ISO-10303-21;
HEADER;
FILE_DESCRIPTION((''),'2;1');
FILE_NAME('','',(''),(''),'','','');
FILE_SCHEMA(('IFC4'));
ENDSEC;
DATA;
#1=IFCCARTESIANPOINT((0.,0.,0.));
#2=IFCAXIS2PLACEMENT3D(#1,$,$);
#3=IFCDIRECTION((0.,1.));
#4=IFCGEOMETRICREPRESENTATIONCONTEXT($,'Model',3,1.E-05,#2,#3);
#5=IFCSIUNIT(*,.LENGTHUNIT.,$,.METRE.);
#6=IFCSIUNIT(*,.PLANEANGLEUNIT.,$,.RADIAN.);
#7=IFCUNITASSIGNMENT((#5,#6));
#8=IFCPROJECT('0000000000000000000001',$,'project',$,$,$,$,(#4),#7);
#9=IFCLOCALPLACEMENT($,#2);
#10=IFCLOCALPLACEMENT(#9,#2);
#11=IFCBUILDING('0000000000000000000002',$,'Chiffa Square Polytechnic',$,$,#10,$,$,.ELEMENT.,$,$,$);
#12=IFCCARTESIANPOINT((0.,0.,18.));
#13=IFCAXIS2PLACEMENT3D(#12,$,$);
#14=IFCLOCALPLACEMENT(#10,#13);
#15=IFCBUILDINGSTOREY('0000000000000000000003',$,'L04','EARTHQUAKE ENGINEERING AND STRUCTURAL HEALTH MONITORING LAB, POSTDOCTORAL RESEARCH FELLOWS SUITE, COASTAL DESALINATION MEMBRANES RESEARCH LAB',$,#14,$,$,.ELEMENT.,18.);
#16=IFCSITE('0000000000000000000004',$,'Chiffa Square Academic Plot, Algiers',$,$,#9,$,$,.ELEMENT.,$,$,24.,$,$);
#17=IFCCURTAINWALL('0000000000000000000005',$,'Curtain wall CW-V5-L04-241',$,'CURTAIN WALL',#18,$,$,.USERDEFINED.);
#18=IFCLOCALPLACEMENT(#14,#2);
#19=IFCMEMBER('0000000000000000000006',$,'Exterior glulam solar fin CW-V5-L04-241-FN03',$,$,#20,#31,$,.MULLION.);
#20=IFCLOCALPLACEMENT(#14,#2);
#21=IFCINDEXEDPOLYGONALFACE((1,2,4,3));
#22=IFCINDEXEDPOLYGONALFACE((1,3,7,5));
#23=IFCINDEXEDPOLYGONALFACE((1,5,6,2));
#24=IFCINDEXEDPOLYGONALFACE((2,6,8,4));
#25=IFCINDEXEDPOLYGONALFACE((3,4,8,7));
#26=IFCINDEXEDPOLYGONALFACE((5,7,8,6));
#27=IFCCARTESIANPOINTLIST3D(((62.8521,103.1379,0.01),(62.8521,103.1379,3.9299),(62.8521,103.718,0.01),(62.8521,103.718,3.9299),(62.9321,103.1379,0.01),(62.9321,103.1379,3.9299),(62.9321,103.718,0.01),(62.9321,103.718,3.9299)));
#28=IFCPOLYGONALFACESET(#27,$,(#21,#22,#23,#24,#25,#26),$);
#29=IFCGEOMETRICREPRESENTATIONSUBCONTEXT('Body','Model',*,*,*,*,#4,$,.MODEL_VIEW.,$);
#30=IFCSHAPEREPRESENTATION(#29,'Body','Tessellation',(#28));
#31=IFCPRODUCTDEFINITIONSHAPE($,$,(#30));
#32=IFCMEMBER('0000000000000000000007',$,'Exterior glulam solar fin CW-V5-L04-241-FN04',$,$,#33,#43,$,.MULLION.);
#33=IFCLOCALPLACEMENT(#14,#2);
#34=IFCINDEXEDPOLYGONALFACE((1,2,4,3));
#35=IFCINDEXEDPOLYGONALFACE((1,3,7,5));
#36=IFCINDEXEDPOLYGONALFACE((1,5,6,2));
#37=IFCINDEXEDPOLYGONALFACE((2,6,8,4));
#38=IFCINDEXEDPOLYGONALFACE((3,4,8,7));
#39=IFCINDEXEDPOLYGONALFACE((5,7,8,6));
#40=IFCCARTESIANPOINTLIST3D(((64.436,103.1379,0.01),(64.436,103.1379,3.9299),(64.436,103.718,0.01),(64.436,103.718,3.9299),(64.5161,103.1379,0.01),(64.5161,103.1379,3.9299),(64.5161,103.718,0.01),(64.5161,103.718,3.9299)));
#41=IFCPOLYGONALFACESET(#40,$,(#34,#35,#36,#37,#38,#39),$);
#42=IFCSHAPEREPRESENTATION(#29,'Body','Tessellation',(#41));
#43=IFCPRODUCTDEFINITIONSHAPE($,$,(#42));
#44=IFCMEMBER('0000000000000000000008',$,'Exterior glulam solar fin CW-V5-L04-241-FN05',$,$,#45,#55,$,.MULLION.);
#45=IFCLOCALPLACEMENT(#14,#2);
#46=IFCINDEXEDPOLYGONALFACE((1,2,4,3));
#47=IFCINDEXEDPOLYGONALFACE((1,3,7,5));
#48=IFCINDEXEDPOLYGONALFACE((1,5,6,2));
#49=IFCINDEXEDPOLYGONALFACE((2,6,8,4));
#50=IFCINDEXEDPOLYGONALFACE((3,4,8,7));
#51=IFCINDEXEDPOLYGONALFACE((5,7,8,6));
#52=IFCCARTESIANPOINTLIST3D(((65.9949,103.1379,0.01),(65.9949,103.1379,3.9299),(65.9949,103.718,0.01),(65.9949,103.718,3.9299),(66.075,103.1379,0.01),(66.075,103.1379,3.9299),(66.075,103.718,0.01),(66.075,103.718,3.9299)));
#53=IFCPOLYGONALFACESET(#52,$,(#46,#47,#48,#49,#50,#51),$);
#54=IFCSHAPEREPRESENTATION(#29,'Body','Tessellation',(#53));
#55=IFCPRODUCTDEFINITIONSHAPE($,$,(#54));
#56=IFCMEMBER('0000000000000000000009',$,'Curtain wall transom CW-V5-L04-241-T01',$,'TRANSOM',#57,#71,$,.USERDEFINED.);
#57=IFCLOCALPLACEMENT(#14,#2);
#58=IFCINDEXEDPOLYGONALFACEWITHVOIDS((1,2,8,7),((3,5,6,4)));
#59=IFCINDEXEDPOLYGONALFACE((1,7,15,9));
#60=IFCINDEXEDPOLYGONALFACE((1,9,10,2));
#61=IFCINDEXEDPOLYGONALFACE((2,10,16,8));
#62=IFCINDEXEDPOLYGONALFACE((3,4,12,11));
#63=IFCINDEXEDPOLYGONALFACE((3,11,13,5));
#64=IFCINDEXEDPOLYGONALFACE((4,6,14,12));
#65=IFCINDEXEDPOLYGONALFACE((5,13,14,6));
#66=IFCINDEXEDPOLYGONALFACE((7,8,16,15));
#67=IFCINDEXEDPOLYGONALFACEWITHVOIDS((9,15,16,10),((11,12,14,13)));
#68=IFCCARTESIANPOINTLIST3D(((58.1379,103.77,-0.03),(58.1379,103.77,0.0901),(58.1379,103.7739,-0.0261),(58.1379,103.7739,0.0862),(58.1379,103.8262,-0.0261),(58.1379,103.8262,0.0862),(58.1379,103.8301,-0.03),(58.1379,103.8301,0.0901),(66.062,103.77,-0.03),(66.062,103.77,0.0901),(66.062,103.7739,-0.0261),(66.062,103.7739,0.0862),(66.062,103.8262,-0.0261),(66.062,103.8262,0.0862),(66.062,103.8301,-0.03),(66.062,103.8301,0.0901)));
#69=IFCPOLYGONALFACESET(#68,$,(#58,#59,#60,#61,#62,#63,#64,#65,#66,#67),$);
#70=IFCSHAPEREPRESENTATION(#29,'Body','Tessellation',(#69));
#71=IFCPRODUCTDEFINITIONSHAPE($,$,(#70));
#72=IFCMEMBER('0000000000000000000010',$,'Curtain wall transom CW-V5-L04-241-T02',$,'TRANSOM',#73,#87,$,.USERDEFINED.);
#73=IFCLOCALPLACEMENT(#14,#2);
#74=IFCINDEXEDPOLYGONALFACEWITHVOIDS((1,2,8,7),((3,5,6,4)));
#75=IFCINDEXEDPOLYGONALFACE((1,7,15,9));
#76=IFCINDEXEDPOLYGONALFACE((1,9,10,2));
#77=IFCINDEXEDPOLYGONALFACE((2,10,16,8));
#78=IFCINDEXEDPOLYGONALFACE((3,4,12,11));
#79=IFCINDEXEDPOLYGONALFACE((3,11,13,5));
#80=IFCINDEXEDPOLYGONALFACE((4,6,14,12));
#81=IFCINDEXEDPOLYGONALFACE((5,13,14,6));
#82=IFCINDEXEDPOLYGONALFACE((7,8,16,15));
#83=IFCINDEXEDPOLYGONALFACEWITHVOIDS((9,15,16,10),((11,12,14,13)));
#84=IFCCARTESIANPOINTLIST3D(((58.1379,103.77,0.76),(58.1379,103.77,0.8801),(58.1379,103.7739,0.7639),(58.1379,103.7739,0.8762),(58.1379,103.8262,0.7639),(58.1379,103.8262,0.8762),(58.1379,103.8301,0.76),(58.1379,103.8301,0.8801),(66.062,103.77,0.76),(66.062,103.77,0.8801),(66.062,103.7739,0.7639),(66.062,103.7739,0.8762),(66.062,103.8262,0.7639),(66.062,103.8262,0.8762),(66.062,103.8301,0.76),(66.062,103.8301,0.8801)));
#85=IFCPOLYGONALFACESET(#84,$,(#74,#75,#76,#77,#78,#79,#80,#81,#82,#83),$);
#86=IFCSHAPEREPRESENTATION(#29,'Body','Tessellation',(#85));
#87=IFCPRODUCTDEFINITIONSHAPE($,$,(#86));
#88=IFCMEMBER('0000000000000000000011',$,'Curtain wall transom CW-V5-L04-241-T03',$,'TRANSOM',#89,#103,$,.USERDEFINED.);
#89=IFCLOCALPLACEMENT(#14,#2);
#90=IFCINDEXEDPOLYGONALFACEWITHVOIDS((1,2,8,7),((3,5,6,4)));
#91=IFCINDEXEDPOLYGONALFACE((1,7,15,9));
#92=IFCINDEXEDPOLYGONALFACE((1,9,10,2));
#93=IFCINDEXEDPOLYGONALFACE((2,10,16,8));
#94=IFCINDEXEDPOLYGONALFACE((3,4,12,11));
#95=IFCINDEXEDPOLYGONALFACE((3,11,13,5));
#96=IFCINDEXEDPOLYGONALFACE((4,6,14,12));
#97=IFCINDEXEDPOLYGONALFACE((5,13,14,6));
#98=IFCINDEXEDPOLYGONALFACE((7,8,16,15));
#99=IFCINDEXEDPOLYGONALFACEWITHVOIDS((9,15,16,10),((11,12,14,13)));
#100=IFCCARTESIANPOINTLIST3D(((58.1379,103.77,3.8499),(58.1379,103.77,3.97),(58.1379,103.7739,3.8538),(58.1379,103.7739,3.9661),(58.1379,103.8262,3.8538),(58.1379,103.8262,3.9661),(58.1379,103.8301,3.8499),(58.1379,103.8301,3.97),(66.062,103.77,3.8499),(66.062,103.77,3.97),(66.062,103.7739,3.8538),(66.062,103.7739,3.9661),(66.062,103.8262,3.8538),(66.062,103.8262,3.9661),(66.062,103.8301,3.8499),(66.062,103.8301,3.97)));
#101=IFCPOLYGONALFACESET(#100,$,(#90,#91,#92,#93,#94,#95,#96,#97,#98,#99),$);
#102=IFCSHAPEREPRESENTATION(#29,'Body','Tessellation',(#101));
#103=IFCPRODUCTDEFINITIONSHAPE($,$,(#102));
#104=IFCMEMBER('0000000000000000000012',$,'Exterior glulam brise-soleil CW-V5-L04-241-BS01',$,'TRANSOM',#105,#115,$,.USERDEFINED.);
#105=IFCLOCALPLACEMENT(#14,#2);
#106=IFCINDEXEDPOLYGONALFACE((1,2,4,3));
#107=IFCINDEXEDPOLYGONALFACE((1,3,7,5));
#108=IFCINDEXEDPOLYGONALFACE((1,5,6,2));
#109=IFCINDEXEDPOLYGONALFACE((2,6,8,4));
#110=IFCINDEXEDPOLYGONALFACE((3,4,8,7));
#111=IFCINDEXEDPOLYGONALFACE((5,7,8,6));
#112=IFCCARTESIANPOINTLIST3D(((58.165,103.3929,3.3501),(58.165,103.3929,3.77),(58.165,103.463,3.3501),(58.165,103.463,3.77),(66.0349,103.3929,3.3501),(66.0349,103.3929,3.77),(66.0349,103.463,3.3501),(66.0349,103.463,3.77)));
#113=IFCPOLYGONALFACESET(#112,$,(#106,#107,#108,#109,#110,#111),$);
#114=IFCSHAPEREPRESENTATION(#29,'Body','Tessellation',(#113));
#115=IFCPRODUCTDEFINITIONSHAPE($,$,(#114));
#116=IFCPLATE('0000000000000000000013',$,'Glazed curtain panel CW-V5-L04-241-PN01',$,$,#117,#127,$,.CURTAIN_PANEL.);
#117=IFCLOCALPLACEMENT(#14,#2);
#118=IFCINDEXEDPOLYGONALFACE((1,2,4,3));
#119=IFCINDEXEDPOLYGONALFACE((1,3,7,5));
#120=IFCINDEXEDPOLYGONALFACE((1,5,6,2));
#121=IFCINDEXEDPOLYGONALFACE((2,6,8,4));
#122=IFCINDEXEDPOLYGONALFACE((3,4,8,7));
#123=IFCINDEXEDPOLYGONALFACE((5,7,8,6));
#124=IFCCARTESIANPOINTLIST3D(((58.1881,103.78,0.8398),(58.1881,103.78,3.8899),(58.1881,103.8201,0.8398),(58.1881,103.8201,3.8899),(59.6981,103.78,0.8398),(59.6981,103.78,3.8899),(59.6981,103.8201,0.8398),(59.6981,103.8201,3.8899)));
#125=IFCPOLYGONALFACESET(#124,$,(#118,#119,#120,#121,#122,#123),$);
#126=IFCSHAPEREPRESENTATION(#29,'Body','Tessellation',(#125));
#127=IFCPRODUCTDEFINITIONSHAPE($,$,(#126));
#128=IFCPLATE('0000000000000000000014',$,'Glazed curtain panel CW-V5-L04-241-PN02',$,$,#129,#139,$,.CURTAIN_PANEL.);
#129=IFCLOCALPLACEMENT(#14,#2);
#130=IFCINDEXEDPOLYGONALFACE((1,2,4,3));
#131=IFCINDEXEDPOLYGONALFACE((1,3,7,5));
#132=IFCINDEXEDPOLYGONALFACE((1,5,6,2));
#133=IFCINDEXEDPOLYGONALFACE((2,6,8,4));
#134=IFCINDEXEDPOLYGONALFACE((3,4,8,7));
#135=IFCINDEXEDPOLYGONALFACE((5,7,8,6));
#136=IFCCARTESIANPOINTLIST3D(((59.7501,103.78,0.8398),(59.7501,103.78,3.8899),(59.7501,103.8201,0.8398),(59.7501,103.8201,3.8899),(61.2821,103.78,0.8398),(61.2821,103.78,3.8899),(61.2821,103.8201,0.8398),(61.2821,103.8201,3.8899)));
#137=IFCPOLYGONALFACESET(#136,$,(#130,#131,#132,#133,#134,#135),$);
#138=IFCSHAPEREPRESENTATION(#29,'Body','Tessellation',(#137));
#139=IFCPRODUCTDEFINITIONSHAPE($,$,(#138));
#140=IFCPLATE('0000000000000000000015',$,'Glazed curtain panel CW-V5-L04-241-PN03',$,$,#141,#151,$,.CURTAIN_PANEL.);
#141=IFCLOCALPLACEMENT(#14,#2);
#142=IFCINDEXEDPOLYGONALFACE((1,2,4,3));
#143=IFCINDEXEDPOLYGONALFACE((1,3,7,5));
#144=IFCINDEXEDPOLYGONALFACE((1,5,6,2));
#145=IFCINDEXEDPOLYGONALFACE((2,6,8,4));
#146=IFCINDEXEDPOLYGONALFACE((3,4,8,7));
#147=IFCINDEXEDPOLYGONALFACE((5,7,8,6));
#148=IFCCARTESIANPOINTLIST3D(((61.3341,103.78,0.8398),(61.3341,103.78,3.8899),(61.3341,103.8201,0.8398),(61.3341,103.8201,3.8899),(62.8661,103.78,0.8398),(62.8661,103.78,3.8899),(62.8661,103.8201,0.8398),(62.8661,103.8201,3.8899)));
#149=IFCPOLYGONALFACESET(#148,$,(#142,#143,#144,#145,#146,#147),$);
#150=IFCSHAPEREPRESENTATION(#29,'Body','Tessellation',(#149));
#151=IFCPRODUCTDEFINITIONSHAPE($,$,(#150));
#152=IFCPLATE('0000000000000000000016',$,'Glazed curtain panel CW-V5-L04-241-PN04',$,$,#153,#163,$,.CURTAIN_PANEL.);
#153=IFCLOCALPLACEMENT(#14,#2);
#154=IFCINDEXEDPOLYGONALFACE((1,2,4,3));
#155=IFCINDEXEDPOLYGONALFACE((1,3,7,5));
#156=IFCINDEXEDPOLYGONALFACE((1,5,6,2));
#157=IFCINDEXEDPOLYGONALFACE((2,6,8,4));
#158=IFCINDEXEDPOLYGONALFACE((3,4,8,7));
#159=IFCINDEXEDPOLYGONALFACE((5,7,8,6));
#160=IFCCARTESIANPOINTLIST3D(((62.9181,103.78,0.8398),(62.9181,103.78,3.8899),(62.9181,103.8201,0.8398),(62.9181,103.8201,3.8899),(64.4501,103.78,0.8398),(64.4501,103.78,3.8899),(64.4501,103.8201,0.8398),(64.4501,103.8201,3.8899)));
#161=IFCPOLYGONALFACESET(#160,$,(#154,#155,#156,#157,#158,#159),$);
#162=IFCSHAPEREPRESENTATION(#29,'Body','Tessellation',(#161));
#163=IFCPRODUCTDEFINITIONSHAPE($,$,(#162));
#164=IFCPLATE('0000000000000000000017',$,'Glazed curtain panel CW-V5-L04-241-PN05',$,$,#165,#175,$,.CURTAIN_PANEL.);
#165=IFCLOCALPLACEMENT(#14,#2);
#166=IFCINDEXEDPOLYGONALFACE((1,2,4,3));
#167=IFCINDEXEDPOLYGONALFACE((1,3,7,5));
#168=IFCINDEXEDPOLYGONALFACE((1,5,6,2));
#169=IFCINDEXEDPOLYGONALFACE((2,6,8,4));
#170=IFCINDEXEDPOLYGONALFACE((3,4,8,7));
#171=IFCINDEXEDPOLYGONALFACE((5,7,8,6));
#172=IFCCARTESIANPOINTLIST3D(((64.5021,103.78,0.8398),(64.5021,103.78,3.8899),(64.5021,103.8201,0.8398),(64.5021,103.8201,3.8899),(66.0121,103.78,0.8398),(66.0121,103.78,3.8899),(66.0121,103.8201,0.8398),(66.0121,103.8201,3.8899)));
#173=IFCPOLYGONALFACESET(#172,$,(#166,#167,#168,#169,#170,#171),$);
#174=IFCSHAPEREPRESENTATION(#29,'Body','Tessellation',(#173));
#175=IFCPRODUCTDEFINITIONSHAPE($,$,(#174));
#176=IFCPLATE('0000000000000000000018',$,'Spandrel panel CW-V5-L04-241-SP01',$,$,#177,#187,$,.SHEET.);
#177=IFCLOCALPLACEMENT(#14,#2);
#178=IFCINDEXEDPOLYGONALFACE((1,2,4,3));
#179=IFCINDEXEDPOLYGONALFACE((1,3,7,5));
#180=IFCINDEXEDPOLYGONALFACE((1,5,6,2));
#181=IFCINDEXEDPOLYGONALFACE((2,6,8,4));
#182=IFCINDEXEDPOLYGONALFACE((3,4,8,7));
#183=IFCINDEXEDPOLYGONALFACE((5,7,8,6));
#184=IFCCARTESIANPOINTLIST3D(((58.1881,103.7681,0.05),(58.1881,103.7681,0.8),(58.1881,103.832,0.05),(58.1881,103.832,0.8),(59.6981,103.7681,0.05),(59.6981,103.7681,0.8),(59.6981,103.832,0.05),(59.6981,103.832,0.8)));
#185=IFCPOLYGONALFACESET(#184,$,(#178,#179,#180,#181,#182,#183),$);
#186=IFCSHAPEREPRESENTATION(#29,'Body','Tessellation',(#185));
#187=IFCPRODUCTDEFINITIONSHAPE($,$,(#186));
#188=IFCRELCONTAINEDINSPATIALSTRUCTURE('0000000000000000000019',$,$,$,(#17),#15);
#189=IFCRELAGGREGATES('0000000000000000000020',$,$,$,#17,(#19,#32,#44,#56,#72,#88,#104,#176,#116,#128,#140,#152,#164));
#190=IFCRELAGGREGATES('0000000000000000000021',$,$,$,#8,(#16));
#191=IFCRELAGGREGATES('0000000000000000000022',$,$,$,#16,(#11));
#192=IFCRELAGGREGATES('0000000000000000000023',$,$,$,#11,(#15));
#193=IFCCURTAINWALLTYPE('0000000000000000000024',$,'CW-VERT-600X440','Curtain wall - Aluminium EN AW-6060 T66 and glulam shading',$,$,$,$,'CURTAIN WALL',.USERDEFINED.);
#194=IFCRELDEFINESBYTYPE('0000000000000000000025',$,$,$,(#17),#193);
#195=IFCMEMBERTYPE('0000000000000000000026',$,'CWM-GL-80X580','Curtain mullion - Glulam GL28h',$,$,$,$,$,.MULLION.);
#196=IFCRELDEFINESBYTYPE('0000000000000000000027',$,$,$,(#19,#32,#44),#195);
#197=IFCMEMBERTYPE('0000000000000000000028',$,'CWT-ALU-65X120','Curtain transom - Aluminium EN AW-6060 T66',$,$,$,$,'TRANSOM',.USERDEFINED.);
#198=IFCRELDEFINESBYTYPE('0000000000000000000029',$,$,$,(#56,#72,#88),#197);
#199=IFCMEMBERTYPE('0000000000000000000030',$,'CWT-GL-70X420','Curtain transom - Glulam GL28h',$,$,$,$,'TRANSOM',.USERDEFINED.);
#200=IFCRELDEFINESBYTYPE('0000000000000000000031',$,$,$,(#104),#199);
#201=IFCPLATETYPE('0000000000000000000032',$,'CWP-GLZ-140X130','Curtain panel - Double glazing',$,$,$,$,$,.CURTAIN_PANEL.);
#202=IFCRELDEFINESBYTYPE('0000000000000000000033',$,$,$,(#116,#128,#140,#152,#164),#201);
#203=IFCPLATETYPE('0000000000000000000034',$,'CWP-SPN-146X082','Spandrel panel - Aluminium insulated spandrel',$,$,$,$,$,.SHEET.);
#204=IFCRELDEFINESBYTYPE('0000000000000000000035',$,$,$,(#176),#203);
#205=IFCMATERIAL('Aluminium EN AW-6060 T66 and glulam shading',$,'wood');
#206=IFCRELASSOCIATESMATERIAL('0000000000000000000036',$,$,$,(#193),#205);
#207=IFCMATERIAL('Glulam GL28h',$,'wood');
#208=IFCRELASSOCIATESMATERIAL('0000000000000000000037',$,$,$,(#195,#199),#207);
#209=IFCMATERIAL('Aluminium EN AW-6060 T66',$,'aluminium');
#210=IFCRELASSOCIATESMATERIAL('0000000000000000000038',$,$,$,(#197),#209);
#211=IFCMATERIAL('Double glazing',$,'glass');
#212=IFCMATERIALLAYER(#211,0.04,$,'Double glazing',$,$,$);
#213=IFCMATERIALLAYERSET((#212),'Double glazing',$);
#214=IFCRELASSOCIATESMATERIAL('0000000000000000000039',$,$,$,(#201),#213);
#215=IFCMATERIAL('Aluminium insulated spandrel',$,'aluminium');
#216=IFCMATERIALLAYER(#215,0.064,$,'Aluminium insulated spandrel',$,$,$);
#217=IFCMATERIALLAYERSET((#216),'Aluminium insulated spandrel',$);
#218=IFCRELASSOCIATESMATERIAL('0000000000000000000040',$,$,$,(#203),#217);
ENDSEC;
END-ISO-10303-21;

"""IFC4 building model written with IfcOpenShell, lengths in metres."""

from ifc_helpers import new_model, si_unit, direction, frame, origin, origin_2d, place, context, subcontext, project, spatial, rectangle, hollow_rectangle, extrude, material, layer, layer_set, material_profile, profile_set, type_object, element, aggregate, save


model = new_model("IFC4")

# Units and contexts
model_context = context("Model", 3, precision=1e-05, world=origin(), true_north=direction((0.0, 1.0)))
body_context = subcontext(model_context, "Body", "Model", "MODEL_VIEW")
ifc_project = project(units=[si_unit("LENGTHUNIT", "METRE"), si_unit("PLANEANGLEUNIT", "RADIAN")], contexts=[model_context])

# Site, building, storey
site_placement = place(None, origin())
site = spatial("IfcSite", under=ifc_project, at=site_placement, Name="Chiffa Square Academic Plot, Algiers", CompositionType="ELEMENT", RefElevation=24.0)
building_placement = place(site_placement, origin())
building = spatial("IfcBuilding", under=site, at=building_placement, Name="Chiffa Square Polytechnic", CompositionType="ELEMENT")
storey_placement = place(building_placement, frame((0.0, 0.0, 18.0)))
storey = spatial("IfcBuildingStorey", under=building, at=storey_placement, Name="L04", Description="EARTHQUAKE ENGINEERING AND STRUCTURAL HEALTH MONITORING LAB, POSTDOCTORAL RESEARCH FELLOWS SUITE, COASTAL DESALINATION MEMBRANES RESEARCH LAB", CompositionType="ELEMENT", Elevation=18.0)

# Curtain wall, members, plates
ifc_material_1 = material(Name="Aluminium EN AW-6060 T66 and glulam shading", Category="wood")
curtain_wall_type = type_object("IfcCurtainWallType", Name="CW-VERT-600X440", Description="Curtain wall - Aluminium EN AW-6060 T66 and glulam shading", ElementType="CURTAIN WALL", PredefinedType="USERDEFINED", material=ifc_material_1)
curtain_wall_placement = place(storey_placement, origin())
curtain_wall = element("IfcCurtainWall", 1, at=curtain_wall_placement, inside=storey, type_object=curtain_wall_type, Name="Curtain wall CW-V5-L04-241", ObjectType="CURTAIN WALL", PredefinedType="USERDEFINED")
ifc_material_2 = material(Name="Aluminium EN AW-6060 T66", Category="aluminium")
ifc_material_3 = material(Name="Glulam GL28h", Category="wood")
ifc_material_profile_1 = material_profile(ifc_material_3, rectangle(XDim=0.0801, YDim=0.5801, at=origin_2d()), Name="GL28h 80x580")
ifc_profile_set_1 = profile_set([ifc_material_profile_1], Name="Glulam GL28h")
member_type_1 = type_object("IfcMemberType", Name="CWM-GL-80X580", Description="Curtain mullion - Glulam GL28h", PredefinedType="MULLION", material=ifc_profile_set_1)
member_1_placement = place(storey_placement, frame((62.8921, 103.428, 0.01), z_axis=(0.0, 0.0, 1.0), x_axis=(1.0, 0.0, 0.0)))
member_1 = element("IfcMember", 2, at=member_1_placement, type_object=member_type_1, Name="Exterior glulam solar fin CW-V5-L04-241-FN03", PredefinedType="MULLION", context=body_context, shape_type="SweptSolid", body=[
    extrude(rectangle(XDim=0.0801, YDim=0.5801, at=origin_2d()), origin(), (0.0, 0.0, 1.0), 3.9199),
])
member_2_placement = place(storey_placement, frame((64.4761, 103.428, 0.01), z_axis=(0.0, 0.0, 1.0), x_axis=(1.0, 0.0, 0.0)))
member_2 = element("IfcMember", 3, at=member_2_placement, type_object=member_type_1, Name="Exterior glulam solar fin CW-V5-L04-241-FN04", PredefinedType="MULLION", context=body_context, shape_type="SweptSolid", body=[
    extrude(rectangle(XDim=0.0801, YDim=0.5801, at=origin_2d()), origin(), (0.0, 0.0, 1.0), 3.9199),
])
member_3_placement = place(storey_placement, frame((66.0349, 103.428, 0.01), z_axis=(0.0, 0.0, 1.0), x_axis=(1.0, 0.0, 0.0)))
member_3 = element("IfcMember", 4, at=member_3_placement, type_object=member_type_1, Name="Exterior glulam solar fin CW-V5-L04-241-FN05", PredefinedType="MULLION", context=body_context, shape_type="SweptSolid", body=[
    extrude(rectangle(XDim=0.0801, YDim=0.5801, at=origin_2d()), origin(), (0.0, 0.0, 1.0), 3.9199),
])
ifc_material_profile_2 = material_profile(ifc_material_2, hollow_rectangle(XDim=0.0601, YDim=0.1201, WallThickness=0.0039, at=origin_2d()), Name="ALU 60x120x4")
ifc_profile_set_2 = profile_set([ifc_material_profile_2], Name="Aluminium EN AW-6060 T66")
member_type_2 = type_object("IfcMemberType", Name="CWT-ALU-65X120", Description="Curtain transom - Aluminium EN AW-6060 T66", ElementType="TRANSOM", PredefinedType="USERDEFINED", material=ifc_profile_set_2)
member_4_placement = place(storey_placement, frame((58.1379, 103.8, 0.03), z_axis=(1.0, 0.0, 0.0), x_axis=(0.0, 1.0, 0.0)))
member_4 = element("IfcMember", 5, at=member_4_placement, type_object=member_type_2, Name="Curtain wall transom CW-V5-L04-241-T01", ObjectType="TRANSOM", PredefinedType="USERDEFINED", context=body_context, shape_type="SweptSolid", body=[
    extrude(hollow_rectangle(XDim=0.0601, YDim=0.1201, WallThickness=0.0039, at=origin_2d()), origin(), (0.0, 0.0, 1.0), 7.9241),
])
member_5_placement = place(storey_placement, frame((58.1379, 103.8, 0.8201), z_axis=(1.0, 0.0, 0.0), x_axis=(0.0, 1.0, 0.0)))
member_5 = element("IfcMember", 6, at=member_5_placement, type_object=member_type_2, Name="Curtain wall transom CW-V5-L04-241-T02", ObjectType="TRANSOM", PredefinedType="USERDEFINED", context=body_context, shape_type="SweptSolid", body=[
    extrude(hollow_rectangle(XDim=0.0601, YDim=0.1201, WallThickness=0.0039, at=origin_2d()), origin(), (0.0, 0.0, 1.0), 7.9241),
])
member_6_placement = place(storey_placement, frame((58.1379, 103.8, 3.9099), z_axis=(1.0, 0.0, 0.0), x_axis=(0.0, 1.0, 0.0)))
member_6 = element("IfcMember", 7, at=member_6_placement, type_object=member_type_2, Name="Curtain wall transom CW-V5-L04-241-T03", ObjectType="TRANSOM", PredefinedType="USERDEFINED", context=body_context, shape_type="SweptSolid", body=[
    extrude(hollow_rectangle(XDim=0.0601, YDim=0.1201, WallThickness=0.0039, at=origin_2d()), origin(), (0.0, 0.0, 1.0), 7.9241),
])
ifc_material_profile_3 = material_profile(ifc_material_3, rectangle(XDim=0.0701, YDim=0.4199, at=origin_2d()), Name="GL28h 70x420")
ifc_profile_set_3 = profile_set([ifc_material_profile_3], Name="Glulam GL28h")
member_type_3 = type_object("IfcMemberType", Name="CWT-GL-70X420", Description="Curtain transom - Glulam GL28h", ElementType="TRANSOM", PredefinedType="USERDEFINED", material=ifc_profile_set_3)
member_7_placement = place(storey_placement, frame((58.165, 103.428, 3.5601), z_axis=(1.0, 0.0, 0.0), x_axis=(0.0, 1.0, 0.0)))
member_7 = element("IfcMember", 8, at=member_7_placement, type_object=member_type_3, Name="Exterior glulam brise-soleil CW-V5-L04-241-BS01", ObjectType="TRANSOM", PredefinedType="USERDEFINED", context=body_context, shape_type="SweptSolid", body=[
    extrude(rectangle(XDim=0.0701, YDim=0.4199, at=origin_2d()), origin(), (0.0, 0.0, 1.0), 7.8699),
])
ifc_material_4 = material(Name="Double glazing", Category="glass")
ifc_layer_1 = layer(ifc_material_4, 0.04, Name="Double glazing")
ifc_layer_set_1 = layer_set([ifc_layer_1], Name="Double glazing")
plate_type_1 = type_object("IfcPlateType", Name="CWP-GLZ-140X130", Description="Curtain panel - Double glazing", PredefinedType="CURTAIN_PANEL", material=ifc_layer_set_1)
plate_1_placement = place(storey_placement, frame((58.9431, 103.8, 0.8398), z_axis=(0.0, 0.0, 1.0), x_axis=(1.0, 0.0, 0.0)))
plate_1 = element("IfcPlate", 9, at=plate_1_placement, type_object=plate_type_1, Name="Glazed curtain panel CW-V5-L04-241-PN01", PredefinedType="CURTAIN_PANEL", context=body_context, shape_type="SweptSolid", body=[
    extrude(rectangle(XDim=1.51, YDim=0.04, at=origin_2d()), origin(), (0.0, 0.0, 1.0), 3.05),
])
plate_2_placement = place(storey_placement, frame((60.5161, 103.8, 0.8398), z_axis=(0.0, 0.0, 1.0), x_axis=(1.0, 0.0, 0.0)))
plate_2 = element("IfcPlate", 10, at=plate_2_placement, type_object=plate_type_1, Name="Glazed curtain panel CW-V5-L04-241-PN02", PredefinedType="CURTAIN_PANEL", context=body_context, shape_type="SweptSolid", body=[
    extrude(rectangle(XDim=1.532, YDim=0.04, at=origin_2d()), origin(), (0.0, 0.0, 1.0), 3.05),
])
plate_3_placement = place(storey_placement, frame((62.1001, 103.8, 0.8398), z_axis=(0.0, 0.0, 1.0), x_axis=(1.0, 0.0, 0.0)))
plate_3 = element("IfcPlate", 11, at=plate_3_placement, type_object=plate_type_1, Name="Glazed curtain panel CW-V5-L04-241-PN03", PredefinedType="CURTAIN_PANEL", context=body_context, shape_type="SweptSolid", body=[
    extrude(rectangle(XDim=1.532, YDim=0.04, at=origin_2d()), origin(), (0.0, 0.0, 1.0), 3.05),
])
plate_4_placement = place(storey_placement, frame((63.6841, 103.8, 0.8398), z_axis=(0.0, 0.0, 1.0), x_axis=(1.0, 0.0, 0.0)))
plate_4 = element("IfcPlate", 12, at=plate_4_placement, type_object=plate_type_1, Name="Glazed curtain panel CW-V5-L04-241-PN04", PredefinedType="CURTAIN_PANEL", context=body_context, shape_type="SweptSolid", body=[
    extrude(rectangle(XDim=1.532, YDim=0.04, at=origin_2d()), origin(), (0.0, 0.0, 1.0), 3.05),
])
plate_5_placement = place(storey_placement, frame((65.2571, 103.8, 0.8398), z_axis=(0.0, 0.0, 1.0), x_axis=(1.0, 0.0, 0.0)))
plate_5 = element("IfcPlate", 13, at=plate_5_placement, type_object=plate_type_1, Name="Glazed curtain panel CW-V5-L04-241-PN05", PredefinedType="CURTAIN_PANEL", context=body_context, shape_type="SweptSolid", body=[
    extrude(rectangle(XDim=1.51, YDim=0.04, at=origin_2d()), origin(), (0.0, 0.0, 1.0), 3.05),
])
ifc_material_5 = material(Name="Aluminium insulated spandrel", Category="aluminium")
ifc_layer_2 = layer(ifc_material_5, 0.064, Name="Aluminium insulated spandrel")
ifc_layer_set_2 = layer_set([ifc_layer_2], Name="Aluminium insulated spandrel")
plate_type_2 = type_object("IfcPlateType", Name="CWP-SPN-146X082", Description="Spandrel panel - Aluminium insulated spandrel", PredefinedType="SHEET", material=ifc_layer_set_2)
plate_6_placement = place(storey_placement, frame((58.9431, 103.8, 0.05), z_axis=(0.0, 0.0, 1.0), x_axis=(1.0, 0.0, 0.0)))
plate_6 = element("IfcPlate", 14, at=plate_6_placement, type_object=plate_type_2, Name="Spandrel panel CW-V5-L04-241-SP01", PredefinedType="SHEET", context=body_context, shape_type="SweptSolid", body=[
    extrude(rectangle(XDim=1.51, YDim=0.064, at=origin_2d()), origin(), (0.0, 0.0, 1.0), 0.75),
])
aggregate(curtain_wall, [member_1, member_2, member_3, member_4, member_5, member_6, member_7, plate_6, plate_1, plate_2, plate_3, plate_4, plate_5])

save(model, "model.ifc")
